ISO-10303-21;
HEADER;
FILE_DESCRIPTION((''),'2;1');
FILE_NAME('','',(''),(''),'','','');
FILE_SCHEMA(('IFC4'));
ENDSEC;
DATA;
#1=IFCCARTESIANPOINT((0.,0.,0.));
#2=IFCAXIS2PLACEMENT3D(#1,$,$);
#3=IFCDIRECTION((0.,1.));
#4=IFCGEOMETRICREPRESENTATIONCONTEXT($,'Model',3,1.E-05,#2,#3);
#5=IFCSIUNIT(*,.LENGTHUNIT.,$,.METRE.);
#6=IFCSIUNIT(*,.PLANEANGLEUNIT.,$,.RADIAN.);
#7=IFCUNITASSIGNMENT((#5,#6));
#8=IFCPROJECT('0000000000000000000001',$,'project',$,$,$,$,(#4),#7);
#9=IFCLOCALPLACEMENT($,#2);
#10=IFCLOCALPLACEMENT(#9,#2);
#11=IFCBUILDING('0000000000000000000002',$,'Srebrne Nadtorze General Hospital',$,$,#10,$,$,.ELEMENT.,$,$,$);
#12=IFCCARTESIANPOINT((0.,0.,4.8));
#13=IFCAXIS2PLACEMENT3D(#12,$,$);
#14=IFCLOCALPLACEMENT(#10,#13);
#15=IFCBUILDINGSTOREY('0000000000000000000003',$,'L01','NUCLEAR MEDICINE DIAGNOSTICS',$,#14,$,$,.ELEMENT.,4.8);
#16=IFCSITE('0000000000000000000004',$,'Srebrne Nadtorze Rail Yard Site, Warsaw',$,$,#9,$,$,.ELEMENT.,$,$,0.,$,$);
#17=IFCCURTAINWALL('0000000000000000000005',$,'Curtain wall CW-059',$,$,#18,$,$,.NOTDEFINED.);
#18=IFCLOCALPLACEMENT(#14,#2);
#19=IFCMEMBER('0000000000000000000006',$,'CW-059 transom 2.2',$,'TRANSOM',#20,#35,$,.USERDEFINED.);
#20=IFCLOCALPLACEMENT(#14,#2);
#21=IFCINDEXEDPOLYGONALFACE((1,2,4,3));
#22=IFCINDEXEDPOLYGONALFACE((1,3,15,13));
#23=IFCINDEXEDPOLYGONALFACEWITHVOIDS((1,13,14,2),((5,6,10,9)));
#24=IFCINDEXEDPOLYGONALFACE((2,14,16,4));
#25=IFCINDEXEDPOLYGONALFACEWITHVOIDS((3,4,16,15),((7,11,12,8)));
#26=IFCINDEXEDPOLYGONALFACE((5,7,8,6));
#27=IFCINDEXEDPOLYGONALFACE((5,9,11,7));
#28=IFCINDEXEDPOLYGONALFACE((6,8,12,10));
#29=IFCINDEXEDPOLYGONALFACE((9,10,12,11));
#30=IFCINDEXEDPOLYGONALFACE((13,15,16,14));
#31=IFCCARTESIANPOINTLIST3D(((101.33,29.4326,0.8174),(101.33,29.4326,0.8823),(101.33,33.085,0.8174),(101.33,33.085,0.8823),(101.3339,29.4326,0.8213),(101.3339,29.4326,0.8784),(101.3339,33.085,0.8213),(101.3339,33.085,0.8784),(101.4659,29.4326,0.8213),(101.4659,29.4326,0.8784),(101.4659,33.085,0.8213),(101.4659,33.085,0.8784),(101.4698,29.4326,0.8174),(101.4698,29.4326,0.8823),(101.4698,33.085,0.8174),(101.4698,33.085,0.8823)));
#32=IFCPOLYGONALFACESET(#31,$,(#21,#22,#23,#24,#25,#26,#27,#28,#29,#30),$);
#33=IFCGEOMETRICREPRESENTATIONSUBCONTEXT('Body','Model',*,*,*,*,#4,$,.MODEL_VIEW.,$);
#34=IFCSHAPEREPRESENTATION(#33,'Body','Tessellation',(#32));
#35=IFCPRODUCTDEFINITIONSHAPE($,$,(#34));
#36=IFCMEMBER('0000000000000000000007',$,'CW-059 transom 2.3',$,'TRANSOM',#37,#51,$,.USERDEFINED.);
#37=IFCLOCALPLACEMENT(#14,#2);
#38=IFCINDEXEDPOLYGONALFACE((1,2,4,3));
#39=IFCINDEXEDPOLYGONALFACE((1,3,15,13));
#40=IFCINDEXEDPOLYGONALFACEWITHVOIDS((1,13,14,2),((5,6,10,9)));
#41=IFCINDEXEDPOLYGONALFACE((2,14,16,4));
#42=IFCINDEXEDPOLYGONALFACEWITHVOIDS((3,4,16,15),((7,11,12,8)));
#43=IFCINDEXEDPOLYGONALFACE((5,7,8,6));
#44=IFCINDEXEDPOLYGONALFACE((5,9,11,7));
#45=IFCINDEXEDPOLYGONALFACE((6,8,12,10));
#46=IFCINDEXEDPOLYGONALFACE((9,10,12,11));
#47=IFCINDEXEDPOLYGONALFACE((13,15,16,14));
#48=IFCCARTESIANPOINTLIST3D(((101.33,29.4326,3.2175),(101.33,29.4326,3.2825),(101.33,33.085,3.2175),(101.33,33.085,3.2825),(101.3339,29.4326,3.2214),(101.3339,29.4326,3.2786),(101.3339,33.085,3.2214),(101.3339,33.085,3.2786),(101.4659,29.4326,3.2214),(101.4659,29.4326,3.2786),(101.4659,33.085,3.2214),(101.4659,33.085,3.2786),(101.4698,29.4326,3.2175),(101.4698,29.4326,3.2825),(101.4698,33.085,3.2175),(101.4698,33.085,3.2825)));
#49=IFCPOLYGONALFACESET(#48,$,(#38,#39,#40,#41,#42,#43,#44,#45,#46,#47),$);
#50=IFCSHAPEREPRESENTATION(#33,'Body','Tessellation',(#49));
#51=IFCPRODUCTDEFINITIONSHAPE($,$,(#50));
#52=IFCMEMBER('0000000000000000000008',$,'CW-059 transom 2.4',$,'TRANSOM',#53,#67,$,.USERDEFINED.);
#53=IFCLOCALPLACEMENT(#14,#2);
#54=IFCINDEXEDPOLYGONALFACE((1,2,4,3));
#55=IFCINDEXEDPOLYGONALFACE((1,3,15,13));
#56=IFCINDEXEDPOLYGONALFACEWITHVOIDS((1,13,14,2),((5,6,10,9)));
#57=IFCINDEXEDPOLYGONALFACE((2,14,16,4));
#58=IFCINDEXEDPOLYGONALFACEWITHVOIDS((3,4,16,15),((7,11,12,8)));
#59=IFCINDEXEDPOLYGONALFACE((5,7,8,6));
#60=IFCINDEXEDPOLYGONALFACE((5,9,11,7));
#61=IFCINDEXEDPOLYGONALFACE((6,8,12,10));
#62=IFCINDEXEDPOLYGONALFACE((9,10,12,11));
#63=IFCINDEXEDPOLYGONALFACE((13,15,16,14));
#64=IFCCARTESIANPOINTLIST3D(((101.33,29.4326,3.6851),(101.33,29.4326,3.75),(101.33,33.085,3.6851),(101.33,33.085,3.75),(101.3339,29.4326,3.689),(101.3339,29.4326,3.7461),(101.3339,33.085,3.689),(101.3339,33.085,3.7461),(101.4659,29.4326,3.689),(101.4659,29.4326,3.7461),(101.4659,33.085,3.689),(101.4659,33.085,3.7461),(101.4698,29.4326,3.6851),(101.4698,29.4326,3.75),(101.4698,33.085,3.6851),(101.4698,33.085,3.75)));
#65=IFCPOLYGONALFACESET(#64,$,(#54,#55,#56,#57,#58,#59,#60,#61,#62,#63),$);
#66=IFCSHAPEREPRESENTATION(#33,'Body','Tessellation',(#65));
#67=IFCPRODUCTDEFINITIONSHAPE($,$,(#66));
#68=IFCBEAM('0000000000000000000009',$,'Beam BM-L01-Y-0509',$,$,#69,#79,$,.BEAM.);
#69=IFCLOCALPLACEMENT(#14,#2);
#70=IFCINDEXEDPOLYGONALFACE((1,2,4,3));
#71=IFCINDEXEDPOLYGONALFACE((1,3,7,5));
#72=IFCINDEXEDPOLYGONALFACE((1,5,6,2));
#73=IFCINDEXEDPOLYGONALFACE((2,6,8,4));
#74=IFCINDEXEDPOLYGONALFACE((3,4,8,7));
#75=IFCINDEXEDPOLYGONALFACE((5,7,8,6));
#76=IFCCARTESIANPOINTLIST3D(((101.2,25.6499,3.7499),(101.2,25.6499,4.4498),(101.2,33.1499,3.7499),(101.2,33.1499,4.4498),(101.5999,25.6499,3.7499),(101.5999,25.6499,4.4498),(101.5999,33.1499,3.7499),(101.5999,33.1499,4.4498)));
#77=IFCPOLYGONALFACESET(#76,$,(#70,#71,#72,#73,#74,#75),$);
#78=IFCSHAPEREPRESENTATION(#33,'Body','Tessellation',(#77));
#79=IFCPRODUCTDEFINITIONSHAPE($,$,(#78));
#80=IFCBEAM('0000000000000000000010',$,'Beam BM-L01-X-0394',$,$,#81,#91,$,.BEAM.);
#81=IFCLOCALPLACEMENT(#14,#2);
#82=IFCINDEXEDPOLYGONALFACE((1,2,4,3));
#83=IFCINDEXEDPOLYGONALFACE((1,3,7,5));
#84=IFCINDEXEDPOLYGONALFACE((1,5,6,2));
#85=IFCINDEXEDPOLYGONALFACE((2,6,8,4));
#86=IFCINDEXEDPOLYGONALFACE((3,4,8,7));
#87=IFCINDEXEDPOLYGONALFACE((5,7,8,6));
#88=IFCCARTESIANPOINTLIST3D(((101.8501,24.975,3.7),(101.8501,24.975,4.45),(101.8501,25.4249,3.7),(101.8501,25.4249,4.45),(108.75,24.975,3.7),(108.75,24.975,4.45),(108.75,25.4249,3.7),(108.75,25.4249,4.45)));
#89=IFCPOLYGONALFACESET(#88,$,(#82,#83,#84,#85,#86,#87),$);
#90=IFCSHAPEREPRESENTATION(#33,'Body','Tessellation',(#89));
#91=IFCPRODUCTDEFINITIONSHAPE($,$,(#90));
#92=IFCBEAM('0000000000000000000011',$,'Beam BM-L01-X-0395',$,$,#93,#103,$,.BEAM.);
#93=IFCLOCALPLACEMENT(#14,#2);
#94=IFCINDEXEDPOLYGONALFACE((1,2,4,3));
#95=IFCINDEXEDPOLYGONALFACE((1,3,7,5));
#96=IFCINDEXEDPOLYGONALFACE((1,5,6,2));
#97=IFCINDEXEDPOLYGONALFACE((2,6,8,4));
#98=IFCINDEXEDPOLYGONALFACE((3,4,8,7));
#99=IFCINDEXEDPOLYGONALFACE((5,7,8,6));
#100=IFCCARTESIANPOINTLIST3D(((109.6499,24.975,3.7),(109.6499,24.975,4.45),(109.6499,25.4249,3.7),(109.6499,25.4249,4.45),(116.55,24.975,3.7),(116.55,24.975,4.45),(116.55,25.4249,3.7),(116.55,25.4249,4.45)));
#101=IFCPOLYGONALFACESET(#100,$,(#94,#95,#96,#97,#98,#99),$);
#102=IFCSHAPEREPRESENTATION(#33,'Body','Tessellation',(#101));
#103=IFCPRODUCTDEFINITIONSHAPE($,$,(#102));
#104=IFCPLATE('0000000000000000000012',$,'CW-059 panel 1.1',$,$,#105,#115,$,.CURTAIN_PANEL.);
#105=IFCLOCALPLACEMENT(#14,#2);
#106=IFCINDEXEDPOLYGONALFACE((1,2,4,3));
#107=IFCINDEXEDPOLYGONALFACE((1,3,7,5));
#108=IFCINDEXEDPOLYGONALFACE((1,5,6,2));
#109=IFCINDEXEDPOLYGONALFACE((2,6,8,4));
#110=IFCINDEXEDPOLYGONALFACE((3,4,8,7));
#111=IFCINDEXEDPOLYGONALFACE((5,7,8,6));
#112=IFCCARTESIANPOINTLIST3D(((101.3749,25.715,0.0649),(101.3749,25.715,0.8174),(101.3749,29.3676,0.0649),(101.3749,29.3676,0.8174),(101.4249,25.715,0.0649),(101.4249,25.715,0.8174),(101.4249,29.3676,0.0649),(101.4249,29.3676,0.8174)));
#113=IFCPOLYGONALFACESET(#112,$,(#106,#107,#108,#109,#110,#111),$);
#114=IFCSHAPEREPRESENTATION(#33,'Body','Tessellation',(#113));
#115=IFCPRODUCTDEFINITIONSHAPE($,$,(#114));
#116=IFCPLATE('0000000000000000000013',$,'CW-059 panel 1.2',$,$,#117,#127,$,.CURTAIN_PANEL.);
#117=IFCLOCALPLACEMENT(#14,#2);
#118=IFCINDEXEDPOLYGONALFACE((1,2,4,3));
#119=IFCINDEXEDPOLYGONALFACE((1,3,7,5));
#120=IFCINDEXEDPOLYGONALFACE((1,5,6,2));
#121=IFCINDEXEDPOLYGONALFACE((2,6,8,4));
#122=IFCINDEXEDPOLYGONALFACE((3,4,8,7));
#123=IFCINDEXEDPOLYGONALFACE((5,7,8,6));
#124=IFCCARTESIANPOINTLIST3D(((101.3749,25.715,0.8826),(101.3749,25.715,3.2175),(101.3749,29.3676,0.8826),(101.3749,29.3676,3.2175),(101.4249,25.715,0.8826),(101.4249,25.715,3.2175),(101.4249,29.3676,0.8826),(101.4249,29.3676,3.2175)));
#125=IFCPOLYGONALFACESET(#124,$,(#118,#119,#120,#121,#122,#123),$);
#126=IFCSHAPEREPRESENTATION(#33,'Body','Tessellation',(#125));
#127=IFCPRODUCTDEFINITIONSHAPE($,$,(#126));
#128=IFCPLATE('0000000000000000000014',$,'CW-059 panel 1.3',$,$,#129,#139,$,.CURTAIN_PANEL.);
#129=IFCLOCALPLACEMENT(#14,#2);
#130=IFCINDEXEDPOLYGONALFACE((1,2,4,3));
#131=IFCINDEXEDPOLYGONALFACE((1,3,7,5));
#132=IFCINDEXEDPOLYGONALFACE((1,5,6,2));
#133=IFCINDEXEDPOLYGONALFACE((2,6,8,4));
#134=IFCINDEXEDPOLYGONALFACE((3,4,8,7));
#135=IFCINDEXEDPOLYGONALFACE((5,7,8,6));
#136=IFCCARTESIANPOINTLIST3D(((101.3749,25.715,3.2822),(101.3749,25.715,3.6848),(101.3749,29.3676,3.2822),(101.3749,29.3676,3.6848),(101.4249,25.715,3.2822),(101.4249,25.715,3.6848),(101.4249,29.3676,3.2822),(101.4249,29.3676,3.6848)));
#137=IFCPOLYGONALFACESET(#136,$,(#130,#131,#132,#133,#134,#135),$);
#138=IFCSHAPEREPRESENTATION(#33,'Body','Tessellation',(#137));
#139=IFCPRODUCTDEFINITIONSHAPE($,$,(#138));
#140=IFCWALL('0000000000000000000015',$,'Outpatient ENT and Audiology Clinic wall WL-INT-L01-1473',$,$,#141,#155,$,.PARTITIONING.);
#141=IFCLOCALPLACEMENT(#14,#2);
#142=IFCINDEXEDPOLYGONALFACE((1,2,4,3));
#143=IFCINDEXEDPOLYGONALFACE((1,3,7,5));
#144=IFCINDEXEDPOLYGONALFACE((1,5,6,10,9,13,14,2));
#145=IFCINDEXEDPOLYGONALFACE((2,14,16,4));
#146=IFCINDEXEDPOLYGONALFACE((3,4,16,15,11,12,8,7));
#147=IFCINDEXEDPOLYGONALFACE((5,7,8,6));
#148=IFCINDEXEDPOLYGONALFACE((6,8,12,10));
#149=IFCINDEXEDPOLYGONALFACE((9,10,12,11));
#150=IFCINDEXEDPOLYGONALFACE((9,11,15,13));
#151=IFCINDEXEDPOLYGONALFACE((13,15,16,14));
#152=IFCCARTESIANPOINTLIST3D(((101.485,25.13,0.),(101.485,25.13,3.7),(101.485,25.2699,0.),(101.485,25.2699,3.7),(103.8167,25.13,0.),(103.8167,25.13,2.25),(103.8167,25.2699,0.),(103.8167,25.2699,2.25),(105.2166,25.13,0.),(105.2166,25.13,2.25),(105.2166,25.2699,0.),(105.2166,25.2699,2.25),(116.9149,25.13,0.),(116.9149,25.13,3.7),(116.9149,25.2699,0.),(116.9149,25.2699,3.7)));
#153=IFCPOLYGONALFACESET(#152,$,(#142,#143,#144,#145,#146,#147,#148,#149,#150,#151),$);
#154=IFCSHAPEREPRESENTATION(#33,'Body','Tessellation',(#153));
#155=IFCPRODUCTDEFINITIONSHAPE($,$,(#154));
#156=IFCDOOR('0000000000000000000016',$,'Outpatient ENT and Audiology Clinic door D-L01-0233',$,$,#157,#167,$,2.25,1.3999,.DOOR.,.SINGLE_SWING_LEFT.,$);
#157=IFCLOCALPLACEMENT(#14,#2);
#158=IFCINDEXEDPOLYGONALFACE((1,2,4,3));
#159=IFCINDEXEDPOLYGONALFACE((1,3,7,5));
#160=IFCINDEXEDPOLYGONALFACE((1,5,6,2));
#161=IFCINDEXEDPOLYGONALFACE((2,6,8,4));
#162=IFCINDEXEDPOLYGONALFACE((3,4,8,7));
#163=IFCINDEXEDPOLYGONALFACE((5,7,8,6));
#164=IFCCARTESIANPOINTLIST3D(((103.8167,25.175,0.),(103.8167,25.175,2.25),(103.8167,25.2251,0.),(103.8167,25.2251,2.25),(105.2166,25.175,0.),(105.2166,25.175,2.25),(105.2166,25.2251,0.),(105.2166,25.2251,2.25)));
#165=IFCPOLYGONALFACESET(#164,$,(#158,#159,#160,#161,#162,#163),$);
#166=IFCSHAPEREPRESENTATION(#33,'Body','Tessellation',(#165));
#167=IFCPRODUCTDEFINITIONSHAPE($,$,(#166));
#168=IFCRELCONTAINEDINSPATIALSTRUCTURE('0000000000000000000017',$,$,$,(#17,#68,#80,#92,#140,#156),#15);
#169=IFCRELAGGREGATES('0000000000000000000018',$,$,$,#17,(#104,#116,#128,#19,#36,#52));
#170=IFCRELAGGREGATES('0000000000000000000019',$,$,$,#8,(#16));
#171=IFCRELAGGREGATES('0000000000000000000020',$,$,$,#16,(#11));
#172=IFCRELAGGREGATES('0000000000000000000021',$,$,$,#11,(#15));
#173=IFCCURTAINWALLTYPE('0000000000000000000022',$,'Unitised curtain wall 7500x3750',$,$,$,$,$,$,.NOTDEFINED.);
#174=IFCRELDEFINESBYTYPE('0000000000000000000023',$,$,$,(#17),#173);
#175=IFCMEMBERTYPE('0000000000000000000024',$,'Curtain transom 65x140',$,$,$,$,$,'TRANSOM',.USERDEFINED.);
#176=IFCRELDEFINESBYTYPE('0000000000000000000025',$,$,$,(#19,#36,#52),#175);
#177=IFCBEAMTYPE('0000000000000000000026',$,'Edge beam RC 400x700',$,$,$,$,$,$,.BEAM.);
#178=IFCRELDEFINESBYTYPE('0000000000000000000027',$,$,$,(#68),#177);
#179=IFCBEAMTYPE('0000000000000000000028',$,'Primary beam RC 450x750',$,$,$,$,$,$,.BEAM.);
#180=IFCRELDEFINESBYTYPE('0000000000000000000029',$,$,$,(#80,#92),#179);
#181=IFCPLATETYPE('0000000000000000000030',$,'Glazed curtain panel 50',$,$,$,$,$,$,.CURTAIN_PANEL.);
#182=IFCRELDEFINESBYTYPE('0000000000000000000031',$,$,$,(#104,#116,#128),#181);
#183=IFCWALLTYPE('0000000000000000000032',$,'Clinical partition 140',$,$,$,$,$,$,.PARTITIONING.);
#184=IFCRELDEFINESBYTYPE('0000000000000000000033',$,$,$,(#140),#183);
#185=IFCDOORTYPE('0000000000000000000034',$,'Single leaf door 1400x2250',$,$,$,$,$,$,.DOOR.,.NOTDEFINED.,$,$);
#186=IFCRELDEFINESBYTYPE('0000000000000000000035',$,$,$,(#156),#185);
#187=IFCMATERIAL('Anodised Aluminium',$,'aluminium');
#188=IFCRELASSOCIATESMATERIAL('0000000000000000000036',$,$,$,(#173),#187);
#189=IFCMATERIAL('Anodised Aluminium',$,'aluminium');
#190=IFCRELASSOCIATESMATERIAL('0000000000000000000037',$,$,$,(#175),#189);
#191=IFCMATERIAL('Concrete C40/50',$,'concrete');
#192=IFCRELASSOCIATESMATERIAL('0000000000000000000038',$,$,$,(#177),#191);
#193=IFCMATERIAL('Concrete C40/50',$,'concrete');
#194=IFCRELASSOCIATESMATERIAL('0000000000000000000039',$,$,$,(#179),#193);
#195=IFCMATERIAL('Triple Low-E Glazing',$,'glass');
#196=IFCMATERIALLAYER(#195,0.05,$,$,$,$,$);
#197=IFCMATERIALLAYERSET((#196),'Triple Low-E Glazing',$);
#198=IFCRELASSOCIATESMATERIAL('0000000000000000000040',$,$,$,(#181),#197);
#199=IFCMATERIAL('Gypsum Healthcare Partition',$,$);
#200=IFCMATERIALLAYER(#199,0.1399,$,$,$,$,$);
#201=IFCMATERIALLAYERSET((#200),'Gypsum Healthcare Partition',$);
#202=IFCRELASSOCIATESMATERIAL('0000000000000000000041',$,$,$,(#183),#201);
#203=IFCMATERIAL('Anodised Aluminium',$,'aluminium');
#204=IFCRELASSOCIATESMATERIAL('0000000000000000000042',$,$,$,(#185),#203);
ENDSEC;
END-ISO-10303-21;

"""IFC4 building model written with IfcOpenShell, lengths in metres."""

from ifc_helpers import new_model, si_unit, direction, frame, frame_2d, origin, origin_2d, place, context, subcontext, project, spatial, rectangle, hollow_rectangle, extrude, material, layer, layer_set, material_profile, profile_set, type_object, element, fill, aggregate, save


model = new_model("IFC4")

# Units and contexts
model_context = context("Model", 3, precision=1e-05, world=origin(), true_north=direction((0.0, 1.0)))
body_context = subcontext(model_context, "Body", "Model", "MODEL_VIEW")
ifc_project = project(units=[si_unit("LENGTHUNIT", "METRE"), si_unit("PLANEANGLEUNIT", "RADIAN")], contexts=[model_context])

# Site, building, storey
site_placement = place(None, origin())
site = spatial("IfcSite", under=ifc_project, at=site_placement, Name="Srebrne Nadtorze Rail Yard Site, Warsaw", CompositionType="ELEMENT", RefElevation=0.0)
building_placement = place(site_placement, origin())
building = spatial("IfcBuilding", under=site, at=building_placement, Name="Srebrne Nadtorze General Hospital", CompositionType="ELEMENT")
storey_placement = place(building_placement, frame((0.0, 0.0, 4.8)))
storey = spatial("IfcBuildingStorey", under=building, at=storey_placement, Name="L01", Description="NUCLEAR MEDICINE DIAGNOSTICS", CompositionType="ELEMENT", Elevation=4.8)

# Curtain wall, members
ifc_material_1 = material(Name="Anodised Aluminium", Category="aluminium")
curtain_wall_type_1 = type_object("IfcCurtainWallType", Name="Unitised curtain wall 7500x3750", PredefinedType="NOTDEFINED", material=ifc_material_1)
curtain_wall_1_placement = place(storey_placement, origin())
curtain_wall_1 = element("IfcCurtainWall", 1, at=curtain_wall_1_placement, inside=storey, type_object=curtain_wall_type_1, Name="Curtain wall CW-059", PredefinedType="NOTDEFINED")
ifc_material_2 = material(Name="Anodised Aluminium", Category="aluminium")
ifc_material_profile_1 = material_profile(ifc_material_2, hollow_rectangle(XDim=0.0649, YDim=0.1399, WallThickness=0.0039, at=origin_2d()), Name="AL-TRN-65x140")
ifc_profile_set_1 = profile_set([ifc_material_profile_1], Name="Anodised Aluminium")
member_type_1 = type_object("IfcMemberType", Name="Curtain transom 65x140", ElementType="TRANSOM", PredefinedType="USERDEFINED", material=ifc_profile_set_1)
member_1_placement = place(storey_placement, frame((101.3999, 29.4326, 0.8499), z_axis=(0.0, 1.0, 0.0), x_axis=(0.0, 0.0, 1.0)))
member_1 = element("IfcMember", 2, at=member_1_placement, type_object=member_type_1, Name="CW-059 transom 2.2", ObjectType="TRANSOM", PredefinedType="USERDEFINED", context=body_context, shape_type="SweptSolid", body=[
    extrude(hollow_rectangle(XDim=0.0649, YDim=0.1399, WallThickness=0.0039, at=origin_2d()), origin(), (0.0, 0.0, 1.0), 3.6523),
])
member_2_placement = place(storey_placement, frame((101.3999, 29.4326, 3.25), z_axis=(0.0, 1.0, 0.0), x_axis=(0.0, 0.0, 1.0)))
member_2 = element("IfcMember", 3, at=member_2_placement, type_object=member_type_1, Name="CW-059 transom 2.3", ObjectType="TRANSOM", PredefinedType="USERDEFINED", context=body_context, shape_type="SweptSolid", body=[
    extrude(hollow_rectangle(XDim=0.0649, YDim=0.1399, WallThickness=0.0039, at=origin_2d()), origin(), (0.0, 0.0, 1.0), 3.6523),
])
member_3_placement = place(storey_placement, frame((101.3999, 29.4326, 3.7175), z_axis=(0.0, 1.0, 0.0), x_axis=(0.0, 0.0, 1.0)))
member_3 = element("IfcMember", 4, at=member_3_placement, type_object=member_type_1, Name="CW-059 transom 2.4", ObjectType="TRANSOM", PredefinedType="USERDEFINED", context=body_context, shape_type="SweptSolid", body=[
    extrude(hollow_rectangle(XDim=0.0649, YDim=0.1399, WallThickness=0.0039, at=origin_2d()), origin(), (0.0, 0.0, 1.0), 3.6523),
])

# Beams
ifc_material_3 = material(Name="Concrete C40/50", Category="concrete")
ifc_material_profile_2 = material_profile(ifc_material_3, rectangle(XDim=0.3999, YDim=0.7, at=origin_2d()), Name="RC-BM-400x700")
ifc_profile_set_2 = profile_set([ifc_material_profile_2], Name="Concrete C40/50")
beam_type_1 = type_object("IfcBeamType", Name="Edge beam RC 400x700", PredefinedType="BEAM", material=ifc_profile_set_2)
beam_1_placement = place(storey_placement, frame((101.3999, 25.6499, 4.0999), z_axis=(0.0, 1.0, 0.0), x_axis=(-1.0, 0.0, 0.0)))
element("IfcBeam", 5, at=beam_1_placement, inside=storey, type_object=beam_type_1, Name="Beam BM-L01-Y-0509", PredefinedType="BEAM", context=body_context, shape_type="SweptSolid", body=[
    extrude(rectangle(XDim=0.3999, YDim=0.7, at=origin_2d()), origin(), (0.0, 0.0, 1.0), 7.5),
])
ifc_material_4 = material(Name="Concrete C40/50", Category="concrete")
ifc_material_profile_3 = material_profile(ifc_material_4, rectangle(XDim=0.45, YDim=0.75, at=origin_2d()), Name="RC-BM-450x750")
ifc_profile_set_3 = profile_set([ifc_material_profile_3], Name="Concrete C40/50")
beam_type_2 = type_object("IfcBeamType", Name="Primary beam RC 450x750", PredefinedType="BEAM", material=ifc_profile_set_3)
beam_2_placement = place(storey_placement, frame((101.8501, 25.2, 4.075), z_axis=(1.0, 0.0, 0.0), x_axis=(0.0, 1.0, 0.0)))
element("IfcBeam", 6, at=beam_2_placement, inside=storey, type_object=beam_type_2, Name="Beam BM-L01-X-0394", PredefinedType="BEAM", context=body_context, shape_type="SweptSolid", body=[
    extrude(rectangle(XDim=0.45, YDim=0.75, at=origin_2d()), origin(), (0.0, 0.0, 1.0), 6.8999),
])
beam_3_placement = place(storey_placement, frame((109.6499, 25.2, 4.075), z_axis=(1.0, 0.0, 0.0), x_axis=(0.0, 1.0, 0.0)))
element("IfcBeam", 7, at=beam_3_placement, inside=storey, type_object=beam_type_2, Name="Beam BM-L01-X-0395", PredefinedType="BEAM", context=body_context, shape_type="SweptSolid", body=[
    extrude(rectangle(XDim=0.45, YDim=0.75, at=origin_2d()), origin(), (0.0, 0.0, 1.0), 6.9001),
])

# Plates
ifc_material_5 = material(Name="Triple Low-E Glazing", Category="glass")
ifc_layer_1 = layer(ifc_material_5, 0.05)
ifc_layer_set_1 = layer_set([ifc_layer_1], Name="Triple Low-E Glazing")
plate_type = type_object("IfcPlateType", Name="Glazed curtain panel 50", PredefinedType="CURTAIN_PANEL", material=ifc_layer_set_1)
plate_1_placement = place(storey_placement, frame((101.3999, 27.5413, 0.0649), z_axis=(0.0, 0.0, 1.0), x_axis=(0.0, 1.0, 0.0)))
plate_1 = element("IfcPlate", 8, at=plate_1_placement, type_object=plate_type, Name="CW-059 panel 1.1", PredefinedType="CURTAIN_PANEL", context=body_context, shape_type="SweptSolid", body=[
    extrude(rectangle(XDim=3.6526, YDim=0.05, at=origin_2d()), origin(), (0.0, 0.0, 1.0), 0.7524),
])
plate_2_placement = place(storey_placement, frame((101.3999, 27.5413, 0.8826), z_axis=(0.0, 0.0, 1.0), x_axis=(0.0, 1.0, 0.0)))
plate_2 = element("IfcPlate", 9, at=plate_2_placement, type_object=plate_type, Name="CW-059 panel 1.2", PredefinedType="CURTAIN_PANEL", context=body_context, shape_type="SweptSolid", body=[
    extrude(rectangle(XDim=3.6526, YDim=0.05, at=origin_2d()), origin(), (0.0, 0.0, 1.0), 2.335),
])
plate_3_placement = place(storey_placement, frame((101.3999, 27.5413, 3.2822), z_axis=(0.0, 0.0, 1.0), x_axis=(0.0, 1.0, 0.0)))
plate_3 = element("IfcPlate", 10, at=plate_3_placement, type_object=plate_type, Name="CW-059 panel 1.3", PredefinedType="CURTAIN_PANEL", context=body_context, shape_type="SweptSolid", body=[
    extrude(rectangle(XDim=3.6526, YDim=0.05, at=origin_2d()), origin(), (0.0, 0.0, 1.0), 0.4026),
])
aggregate(curtain_wall_1, [plate_1, plate_2, plate_3, member_1, member_2, member_3])

# Wall, opening, door
ifc_material_6 = material(Name="Gypsum Healthcare Partition")
ifc_layer_2 = layer(ifc_material_6, 0.1399)
ifc_layer_set_2 = layer_set([ifc_layer_2], Name="Gypsum Healthcare Partition")
wall_type_1 = type_object("IfcWallType", Name="Clinical partition 140", PredefinedType="PARTITIONING", material=ifc_layer_set_2)
wall_1_placement = place(storey_placement, frame((101.4851, 25.2, 0.0), z_axis=(0.0, 0.0, 1.0), x_axis=(1.0, 0.0, 0.0)))
wall_1 = element("IfcWall", 11, at=wall_1_placement, inside=storey, type_object=wall_type_1, Name="Outpatient ENT and Audiology Clinic wall WL-INT-L01-1473", PredefinedType="PARTITIONING", context=body_context, shape_type="SweptSolid", body=[
    extrude(rectangle(XDim=15.4299, YDim=0.1399, at=frame_2d((7.7148, 0.0))), origin(), (0.0, 0.0, 1.0), 3.7),
])
opening_1_placement = place(wall_1_placement, frame((2.3315, 0.0, 0.0)))
opening_1 = element("IfcOpeningElement", 12, at=opening_1_placement, cuts=wall_1, PredefinedType="OPENING", context=body_context, shape_type="SweptSolid", body=[
    extrude(rectangle(XDim=1.3999, YDim=2.25, at=frame_2d((0.7, 1.125))), frame((0.0, 0.082, 0.0), z_axis=(0.0, -1.0, 0.0), x_axis=(1.0, 0.0, 0.0)), (0.0, 0.0, 1.0), 0.1638),
])
ifc_material_7 = material(Name="Anodised Aluminium", Category="aluminium")
door_type_1 = type_object("IfcDoorType", Name="Single leaf door 1400x2250", OperationType="NOTDEFINED", PredefinedType="DOOR", material=ifc_material_7)
door_1_placement = place(opening_1_placement, frame((1.3999, 0.0, 0.0), z_axis=(0.0, 0.0, 1.0), x_axis=(-1.0, 0.0, 0.0)))
door_1 = element("IfcDoor", 13, at=door_1_placement, inside=storey, type_object=door_type_1, Name="Outpatient ENT and Audiology Clinic door D-L01-0233", OperationType="SINGLE_SWING_LEFT", OverallHeight=2.25, OverallWidth=1.3999, PredefinedType="DOOR", context=body_context, shape_type="SweptSolid", body=[
    extrude(rectangle(XDim=1.3999, YDim=2.25, at=frame_2d((0.7, 1.125))), frame((0.0, 0.0249, 0.0), z_axis=(0.0, -1.0, 0.0), x_axis=(1.0, 0.0, 0.0)), (0.0, 0.0, 1.0), 0.05),
])
fill(opening_1, door_1)

save(model, "model.ifc")
